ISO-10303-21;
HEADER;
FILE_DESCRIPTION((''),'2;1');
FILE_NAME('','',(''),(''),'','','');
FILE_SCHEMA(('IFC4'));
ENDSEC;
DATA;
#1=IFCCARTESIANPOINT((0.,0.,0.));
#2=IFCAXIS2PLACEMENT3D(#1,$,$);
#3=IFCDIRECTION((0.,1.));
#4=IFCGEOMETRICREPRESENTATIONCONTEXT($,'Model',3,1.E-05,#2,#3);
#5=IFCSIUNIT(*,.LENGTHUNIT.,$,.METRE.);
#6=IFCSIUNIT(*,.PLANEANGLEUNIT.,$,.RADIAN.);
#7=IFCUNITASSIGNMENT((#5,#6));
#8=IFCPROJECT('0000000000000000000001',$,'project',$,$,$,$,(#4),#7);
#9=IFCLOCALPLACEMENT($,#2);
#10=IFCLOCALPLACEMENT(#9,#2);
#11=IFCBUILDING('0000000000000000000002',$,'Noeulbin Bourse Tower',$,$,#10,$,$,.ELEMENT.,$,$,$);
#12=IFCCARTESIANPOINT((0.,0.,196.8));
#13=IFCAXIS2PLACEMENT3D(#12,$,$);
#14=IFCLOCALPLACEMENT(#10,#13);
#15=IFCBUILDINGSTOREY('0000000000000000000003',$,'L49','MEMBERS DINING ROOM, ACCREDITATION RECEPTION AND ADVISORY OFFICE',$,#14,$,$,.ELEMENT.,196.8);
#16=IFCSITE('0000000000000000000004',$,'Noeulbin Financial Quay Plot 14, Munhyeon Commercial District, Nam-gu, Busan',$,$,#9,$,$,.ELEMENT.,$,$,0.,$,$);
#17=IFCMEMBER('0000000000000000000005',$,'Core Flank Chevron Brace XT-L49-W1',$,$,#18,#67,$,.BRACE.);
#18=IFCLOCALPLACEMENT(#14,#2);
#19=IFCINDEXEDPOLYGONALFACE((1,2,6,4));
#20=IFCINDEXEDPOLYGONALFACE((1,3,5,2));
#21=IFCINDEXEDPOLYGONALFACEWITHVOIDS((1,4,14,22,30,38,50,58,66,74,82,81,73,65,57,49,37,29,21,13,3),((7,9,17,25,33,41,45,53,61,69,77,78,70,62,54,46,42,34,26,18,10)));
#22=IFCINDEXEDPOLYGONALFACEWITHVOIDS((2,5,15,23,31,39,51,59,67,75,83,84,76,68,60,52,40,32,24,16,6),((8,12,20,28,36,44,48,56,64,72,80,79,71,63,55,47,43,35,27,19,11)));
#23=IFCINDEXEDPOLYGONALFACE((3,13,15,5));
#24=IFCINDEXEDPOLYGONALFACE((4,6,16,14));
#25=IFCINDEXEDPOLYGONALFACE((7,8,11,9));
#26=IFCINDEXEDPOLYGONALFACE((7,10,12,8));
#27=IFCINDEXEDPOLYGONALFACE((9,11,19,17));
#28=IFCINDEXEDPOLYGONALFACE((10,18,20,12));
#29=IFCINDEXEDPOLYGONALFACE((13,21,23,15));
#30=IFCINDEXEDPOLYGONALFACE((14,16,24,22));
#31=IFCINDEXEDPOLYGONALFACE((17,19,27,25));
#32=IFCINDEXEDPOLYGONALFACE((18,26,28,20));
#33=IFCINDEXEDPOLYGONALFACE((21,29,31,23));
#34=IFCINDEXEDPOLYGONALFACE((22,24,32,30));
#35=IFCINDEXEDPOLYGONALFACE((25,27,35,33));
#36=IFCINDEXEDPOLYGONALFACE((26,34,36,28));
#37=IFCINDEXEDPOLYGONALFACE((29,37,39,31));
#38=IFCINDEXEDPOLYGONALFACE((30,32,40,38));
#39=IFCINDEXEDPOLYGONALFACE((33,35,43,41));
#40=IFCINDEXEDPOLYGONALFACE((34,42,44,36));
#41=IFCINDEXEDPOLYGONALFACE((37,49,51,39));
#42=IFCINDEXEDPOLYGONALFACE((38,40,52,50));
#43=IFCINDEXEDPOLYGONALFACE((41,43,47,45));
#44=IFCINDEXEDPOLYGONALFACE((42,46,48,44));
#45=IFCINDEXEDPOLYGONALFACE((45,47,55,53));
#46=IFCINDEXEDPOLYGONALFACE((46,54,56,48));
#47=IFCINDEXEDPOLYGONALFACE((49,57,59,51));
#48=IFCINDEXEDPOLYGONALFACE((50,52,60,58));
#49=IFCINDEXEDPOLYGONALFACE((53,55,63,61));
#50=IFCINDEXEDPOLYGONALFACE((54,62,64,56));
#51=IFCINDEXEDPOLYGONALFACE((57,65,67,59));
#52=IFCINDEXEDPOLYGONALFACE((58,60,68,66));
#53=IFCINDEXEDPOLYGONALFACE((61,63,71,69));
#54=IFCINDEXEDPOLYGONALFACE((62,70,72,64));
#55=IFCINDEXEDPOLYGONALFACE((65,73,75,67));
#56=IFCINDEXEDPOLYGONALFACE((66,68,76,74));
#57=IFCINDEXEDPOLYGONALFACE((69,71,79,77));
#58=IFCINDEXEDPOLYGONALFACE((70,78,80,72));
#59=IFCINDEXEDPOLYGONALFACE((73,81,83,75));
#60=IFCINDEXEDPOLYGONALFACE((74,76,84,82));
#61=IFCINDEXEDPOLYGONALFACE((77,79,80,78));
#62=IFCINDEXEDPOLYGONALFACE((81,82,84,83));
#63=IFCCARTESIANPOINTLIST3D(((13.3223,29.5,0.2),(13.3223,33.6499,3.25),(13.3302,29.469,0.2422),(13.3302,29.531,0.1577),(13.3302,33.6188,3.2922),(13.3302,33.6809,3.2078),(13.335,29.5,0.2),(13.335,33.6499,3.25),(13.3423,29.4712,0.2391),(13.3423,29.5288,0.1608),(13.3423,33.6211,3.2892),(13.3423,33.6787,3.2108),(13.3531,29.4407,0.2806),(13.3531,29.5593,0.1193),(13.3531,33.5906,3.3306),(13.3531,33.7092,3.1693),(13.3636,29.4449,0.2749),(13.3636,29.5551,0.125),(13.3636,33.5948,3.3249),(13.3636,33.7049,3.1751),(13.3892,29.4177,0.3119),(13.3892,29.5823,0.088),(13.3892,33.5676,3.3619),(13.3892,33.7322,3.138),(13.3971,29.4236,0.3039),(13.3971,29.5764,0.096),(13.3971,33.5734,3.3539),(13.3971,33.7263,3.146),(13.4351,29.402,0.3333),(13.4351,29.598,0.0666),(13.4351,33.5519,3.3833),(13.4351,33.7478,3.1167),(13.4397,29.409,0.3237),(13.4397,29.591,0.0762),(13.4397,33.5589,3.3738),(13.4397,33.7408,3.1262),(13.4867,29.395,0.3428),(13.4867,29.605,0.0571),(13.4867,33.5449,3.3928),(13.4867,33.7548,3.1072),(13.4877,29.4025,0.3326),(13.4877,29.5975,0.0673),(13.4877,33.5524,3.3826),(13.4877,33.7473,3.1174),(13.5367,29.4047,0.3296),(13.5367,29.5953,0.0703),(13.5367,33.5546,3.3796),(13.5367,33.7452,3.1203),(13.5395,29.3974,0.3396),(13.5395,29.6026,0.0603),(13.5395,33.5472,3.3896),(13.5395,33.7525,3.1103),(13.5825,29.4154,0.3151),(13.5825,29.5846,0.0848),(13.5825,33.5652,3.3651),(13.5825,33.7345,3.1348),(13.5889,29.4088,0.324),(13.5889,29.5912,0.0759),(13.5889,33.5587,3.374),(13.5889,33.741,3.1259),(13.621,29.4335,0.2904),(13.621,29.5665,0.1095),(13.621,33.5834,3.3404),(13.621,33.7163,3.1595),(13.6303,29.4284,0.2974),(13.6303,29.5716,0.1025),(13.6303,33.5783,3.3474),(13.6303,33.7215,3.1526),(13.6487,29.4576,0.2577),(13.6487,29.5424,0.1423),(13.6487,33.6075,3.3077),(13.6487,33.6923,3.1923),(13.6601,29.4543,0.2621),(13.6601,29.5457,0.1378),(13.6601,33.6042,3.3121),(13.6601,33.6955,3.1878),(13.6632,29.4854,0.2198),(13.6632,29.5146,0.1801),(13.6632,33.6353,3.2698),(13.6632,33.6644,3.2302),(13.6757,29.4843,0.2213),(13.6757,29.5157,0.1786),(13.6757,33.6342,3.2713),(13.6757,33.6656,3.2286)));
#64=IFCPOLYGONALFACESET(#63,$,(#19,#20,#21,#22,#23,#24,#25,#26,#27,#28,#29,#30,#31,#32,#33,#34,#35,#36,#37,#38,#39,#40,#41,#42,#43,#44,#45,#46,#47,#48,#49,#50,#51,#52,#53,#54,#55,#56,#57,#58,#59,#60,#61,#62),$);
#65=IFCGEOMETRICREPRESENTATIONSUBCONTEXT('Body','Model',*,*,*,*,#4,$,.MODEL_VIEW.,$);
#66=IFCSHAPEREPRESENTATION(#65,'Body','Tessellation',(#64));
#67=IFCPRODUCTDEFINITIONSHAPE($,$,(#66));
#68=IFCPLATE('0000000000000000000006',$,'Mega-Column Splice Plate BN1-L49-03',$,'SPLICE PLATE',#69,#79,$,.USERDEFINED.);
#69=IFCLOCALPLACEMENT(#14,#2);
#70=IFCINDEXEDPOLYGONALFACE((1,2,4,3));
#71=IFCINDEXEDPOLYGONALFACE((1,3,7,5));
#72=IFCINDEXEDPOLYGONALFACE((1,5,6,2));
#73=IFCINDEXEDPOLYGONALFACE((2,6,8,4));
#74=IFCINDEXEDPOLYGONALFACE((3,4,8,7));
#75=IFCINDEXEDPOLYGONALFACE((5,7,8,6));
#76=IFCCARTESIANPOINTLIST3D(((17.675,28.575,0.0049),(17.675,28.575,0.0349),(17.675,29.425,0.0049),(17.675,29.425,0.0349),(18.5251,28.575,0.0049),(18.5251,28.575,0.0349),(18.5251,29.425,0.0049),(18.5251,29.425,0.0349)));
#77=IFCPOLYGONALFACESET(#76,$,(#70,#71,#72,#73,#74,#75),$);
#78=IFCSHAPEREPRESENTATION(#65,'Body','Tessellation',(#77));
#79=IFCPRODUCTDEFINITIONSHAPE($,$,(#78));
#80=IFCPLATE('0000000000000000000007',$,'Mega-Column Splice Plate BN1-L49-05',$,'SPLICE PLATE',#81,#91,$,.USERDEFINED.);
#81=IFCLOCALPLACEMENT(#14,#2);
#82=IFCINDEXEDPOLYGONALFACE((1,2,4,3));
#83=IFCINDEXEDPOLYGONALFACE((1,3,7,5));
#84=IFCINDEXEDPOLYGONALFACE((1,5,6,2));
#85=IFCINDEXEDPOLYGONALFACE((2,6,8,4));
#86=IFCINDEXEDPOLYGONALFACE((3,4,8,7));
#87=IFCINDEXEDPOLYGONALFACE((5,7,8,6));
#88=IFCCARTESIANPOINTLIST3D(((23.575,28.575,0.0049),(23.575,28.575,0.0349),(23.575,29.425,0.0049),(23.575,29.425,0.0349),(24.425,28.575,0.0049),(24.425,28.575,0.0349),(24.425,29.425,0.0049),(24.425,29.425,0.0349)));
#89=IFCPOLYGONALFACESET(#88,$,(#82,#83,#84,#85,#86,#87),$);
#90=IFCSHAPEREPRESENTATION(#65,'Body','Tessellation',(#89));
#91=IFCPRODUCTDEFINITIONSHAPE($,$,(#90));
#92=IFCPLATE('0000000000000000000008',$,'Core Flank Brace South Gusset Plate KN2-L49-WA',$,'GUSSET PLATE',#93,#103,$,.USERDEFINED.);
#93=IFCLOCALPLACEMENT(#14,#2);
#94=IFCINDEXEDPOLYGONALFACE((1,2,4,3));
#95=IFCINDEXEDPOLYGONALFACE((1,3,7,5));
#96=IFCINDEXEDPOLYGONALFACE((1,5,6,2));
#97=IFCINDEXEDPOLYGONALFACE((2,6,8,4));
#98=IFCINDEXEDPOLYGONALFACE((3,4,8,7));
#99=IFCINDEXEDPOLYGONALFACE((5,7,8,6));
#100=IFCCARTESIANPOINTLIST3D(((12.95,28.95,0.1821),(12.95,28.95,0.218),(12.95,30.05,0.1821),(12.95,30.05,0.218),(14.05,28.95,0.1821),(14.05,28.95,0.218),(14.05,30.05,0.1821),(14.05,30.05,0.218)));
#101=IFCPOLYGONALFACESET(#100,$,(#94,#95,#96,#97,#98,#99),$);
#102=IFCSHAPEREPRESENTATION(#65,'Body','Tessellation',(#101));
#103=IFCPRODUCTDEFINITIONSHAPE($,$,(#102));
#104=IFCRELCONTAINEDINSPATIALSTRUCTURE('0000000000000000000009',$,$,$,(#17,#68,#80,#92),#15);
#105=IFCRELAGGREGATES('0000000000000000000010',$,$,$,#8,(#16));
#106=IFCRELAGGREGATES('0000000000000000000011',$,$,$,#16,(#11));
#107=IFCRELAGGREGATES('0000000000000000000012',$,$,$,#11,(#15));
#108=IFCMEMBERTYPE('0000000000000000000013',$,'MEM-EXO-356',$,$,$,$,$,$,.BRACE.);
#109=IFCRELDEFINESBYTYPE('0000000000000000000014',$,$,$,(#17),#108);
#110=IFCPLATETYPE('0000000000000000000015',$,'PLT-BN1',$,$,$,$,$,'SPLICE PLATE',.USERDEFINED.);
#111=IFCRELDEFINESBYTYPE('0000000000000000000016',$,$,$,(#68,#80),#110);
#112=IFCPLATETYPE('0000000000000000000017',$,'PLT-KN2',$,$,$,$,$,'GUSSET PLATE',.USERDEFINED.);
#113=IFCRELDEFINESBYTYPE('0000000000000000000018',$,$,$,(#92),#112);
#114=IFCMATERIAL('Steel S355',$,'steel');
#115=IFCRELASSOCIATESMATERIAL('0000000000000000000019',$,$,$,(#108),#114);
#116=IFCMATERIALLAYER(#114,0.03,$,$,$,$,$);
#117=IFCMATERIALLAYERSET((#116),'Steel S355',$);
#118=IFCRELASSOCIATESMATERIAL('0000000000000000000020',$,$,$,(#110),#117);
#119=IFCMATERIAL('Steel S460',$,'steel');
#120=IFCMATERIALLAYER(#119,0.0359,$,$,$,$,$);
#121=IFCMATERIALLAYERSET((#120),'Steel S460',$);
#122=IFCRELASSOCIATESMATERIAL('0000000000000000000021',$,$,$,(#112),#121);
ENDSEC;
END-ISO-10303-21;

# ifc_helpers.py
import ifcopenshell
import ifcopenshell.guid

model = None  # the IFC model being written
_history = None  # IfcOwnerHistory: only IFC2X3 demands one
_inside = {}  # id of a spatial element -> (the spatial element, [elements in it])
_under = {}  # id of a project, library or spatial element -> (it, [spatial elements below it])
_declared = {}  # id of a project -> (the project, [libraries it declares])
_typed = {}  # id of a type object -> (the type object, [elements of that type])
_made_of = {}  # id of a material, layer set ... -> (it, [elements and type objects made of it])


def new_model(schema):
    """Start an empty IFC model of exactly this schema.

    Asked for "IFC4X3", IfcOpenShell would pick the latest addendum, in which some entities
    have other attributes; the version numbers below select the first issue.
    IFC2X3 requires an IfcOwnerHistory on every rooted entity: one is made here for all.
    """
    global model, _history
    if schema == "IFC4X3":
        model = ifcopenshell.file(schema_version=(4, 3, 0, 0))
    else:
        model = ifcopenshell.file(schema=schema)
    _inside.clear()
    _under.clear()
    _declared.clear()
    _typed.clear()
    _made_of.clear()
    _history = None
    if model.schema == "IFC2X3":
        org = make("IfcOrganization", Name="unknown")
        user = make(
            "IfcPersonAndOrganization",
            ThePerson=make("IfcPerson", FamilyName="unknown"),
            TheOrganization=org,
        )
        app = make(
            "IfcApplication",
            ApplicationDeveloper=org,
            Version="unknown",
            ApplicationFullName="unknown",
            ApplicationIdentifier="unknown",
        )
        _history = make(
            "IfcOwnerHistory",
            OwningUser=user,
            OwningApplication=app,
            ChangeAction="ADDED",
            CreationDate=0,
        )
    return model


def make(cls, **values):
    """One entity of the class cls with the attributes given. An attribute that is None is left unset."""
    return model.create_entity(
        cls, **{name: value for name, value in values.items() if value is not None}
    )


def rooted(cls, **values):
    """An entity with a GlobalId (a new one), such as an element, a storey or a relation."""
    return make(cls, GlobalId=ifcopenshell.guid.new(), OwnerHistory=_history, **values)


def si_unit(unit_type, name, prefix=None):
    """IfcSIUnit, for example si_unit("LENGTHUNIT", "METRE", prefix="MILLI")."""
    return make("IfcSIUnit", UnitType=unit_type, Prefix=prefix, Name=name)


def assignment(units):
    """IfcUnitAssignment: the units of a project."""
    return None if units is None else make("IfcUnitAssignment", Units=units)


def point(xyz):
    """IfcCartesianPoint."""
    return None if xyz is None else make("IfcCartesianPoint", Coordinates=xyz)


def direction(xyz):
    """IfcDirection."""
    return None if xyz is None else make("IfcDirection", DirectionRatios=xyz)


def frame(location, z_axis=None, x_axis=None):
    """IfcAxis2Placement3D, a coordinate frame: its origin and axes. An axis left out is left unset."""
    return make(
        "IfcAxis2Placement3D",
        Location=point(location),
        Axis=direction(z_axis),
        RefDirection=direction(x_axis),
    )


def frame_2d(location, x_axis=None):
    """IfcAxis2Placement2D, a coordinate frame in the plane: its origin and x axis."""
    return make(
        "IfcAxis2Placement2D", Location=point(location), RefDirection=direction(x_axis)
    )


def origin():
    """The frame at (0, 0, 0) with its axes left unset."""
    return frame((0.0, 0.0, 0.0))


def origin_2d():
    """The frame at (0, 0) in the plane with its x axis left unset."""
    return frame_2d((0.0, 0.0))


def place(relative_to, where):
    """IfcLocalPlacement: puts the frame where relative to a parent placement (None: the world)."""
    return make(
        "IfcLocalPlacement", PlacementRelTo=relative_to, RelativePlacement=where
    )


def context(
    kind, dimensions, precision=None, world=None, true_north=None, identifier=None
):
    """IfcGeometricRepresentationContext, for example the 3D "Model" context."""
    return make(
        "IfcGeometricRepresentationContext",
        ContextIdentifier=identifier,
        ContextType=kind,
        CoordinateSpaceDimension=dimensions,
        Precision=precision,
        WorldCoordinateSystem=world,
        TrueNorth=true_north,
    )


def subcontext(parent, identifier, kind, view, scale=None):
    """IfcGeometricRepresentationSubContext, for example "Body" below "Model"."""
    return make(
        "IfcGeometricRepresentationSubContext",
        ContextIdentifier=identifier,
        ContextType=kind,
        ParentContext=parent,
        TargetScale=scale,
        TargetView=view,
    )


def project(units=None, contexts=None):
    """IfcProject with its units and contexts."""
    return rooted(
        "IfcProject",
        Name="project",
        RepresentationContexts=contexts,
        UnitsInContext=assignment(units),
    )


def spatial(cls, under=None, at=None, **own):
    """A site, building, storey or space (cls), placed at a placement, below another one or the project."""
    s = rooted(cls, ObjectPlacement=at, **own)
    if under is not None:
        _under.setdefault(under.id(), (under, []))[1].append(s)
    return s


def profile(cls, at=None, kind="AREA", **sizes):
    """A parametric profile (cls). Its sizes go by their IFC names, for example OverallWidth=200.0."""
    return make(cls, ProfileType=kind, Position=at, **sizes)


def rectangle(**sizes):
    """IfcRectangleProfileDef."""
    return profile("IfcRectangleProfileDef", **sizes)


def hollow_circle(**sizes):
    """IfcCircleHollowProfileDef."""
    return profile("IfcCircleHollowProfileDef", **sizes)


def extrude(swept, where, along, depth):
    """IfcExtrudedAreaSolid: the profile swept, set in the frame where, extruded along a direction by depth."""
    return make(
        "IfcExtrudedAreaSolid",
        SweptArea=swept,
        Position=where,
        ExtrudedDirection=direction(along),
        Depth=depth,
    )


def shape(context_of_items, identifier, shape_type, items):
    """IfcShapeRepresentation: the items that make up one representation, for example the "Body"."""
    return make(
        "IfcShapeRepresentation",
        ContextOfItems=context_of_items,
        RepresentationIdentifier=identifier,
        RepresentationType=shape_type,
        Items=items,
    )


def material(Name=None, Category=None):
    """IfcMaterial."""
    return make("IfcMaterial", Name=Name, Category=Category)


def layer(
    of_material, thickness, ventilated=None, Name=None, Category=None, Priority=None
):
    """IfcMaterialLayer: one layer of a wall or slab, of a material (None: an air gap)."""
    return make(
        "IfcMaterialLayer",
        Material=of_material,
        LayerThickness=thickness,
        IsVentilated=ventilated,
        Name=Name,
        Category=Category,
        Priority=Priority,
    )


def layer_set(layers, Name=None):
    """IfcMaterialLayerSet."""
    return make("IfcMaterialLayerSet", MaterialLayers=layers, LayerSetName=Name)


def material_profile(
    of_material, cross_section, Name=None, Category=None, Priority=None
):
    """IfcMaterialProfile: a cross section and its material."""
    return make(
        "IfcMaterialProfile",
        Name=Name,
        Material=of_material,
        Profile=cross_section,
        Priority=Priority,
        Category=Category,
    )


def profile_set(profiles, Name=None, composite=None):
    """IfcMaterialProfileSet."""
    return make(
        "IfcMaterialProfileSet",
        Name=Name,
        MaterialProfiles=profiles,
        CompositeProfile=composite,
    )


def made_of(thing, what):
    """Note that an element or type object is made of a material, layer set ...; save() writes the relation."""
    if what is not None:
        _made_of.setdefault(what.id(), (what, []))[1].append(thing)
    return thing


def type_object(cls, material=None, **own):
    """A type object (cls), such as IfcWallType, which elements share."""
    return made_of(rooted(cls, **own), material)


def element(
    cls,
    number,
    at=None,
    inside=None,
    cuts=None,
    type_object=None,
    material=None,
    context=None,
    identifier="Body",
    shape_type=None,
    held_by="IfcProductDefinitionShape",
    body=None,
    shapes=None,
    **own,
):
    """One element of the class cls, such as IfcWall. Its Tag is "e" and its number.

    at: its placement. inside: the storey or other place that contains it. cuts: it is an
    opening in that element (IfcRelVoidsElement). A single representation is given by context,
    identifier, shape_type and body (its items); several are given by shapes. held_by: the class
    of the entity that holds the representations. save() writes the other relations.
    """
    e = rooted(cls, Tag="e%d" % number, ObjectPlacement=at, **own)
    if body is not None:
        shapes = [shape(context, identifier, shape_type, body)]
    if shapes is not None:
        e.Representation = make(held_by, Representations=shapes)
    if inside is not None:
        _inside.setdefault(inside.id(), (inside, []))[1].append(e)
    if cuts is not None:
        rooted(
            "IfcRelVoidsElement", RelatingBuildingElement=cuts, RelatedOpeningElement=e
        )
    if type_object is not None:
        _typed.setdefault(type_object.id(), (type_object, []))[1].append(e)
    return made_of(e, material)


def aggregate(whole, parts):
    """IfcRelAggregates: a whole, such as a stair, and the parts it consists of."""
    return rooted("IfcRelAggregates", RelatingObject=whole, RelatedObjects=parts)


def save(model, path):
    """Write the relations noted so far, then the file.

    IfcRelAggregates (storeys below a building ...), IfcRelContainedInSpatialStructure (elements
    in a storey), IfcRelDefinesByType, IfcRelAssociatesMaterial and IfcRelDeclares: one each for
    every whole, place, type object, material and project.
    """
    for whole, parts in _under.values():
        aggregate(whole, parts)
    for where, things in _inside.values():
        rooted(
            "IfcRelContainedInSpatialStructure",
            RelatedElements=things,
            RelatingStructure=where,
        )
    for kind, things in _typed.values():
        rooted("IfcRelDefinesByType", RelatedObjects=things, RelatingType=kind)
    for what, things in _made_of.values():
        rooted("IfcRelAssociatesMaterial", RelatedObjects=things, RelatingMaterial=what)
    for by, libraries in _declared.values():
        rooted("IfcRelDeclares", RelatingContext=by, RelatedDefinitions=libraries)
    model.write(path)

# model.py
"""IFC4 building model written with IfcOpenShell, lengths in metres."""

from ifc_helpers import new_model, si_unit, direction, frame, origin, origin_2d, place, context, subcontext, project, spatial, rectangle, hollow_circle, extrude, material, layer, layer_set, material_profile, profile_set, type_object, element, save


model = new_model("IFC4")

# Units and contexts
model_context = context("Model", 3, precision=1e-05, world=origin(), true_north=direction((0.0, 1.0)))
body_context = subcontext(model_context, "Body", "Model", "MODEL_VIEW")
ifc_project = project(units=[si_unit("LENGTHUNIT", "METRE"), si_unit("PLANEANGLEUNIT", "RADIAN")], contexts=[model_context])

# Site, building, storey
site_placement = place(None, origin())
site = spatial("IfcSite", under=ifc_project, at=site_placement, Name="Noeulbin Financial Quay Plot 14, Munhyeon Commercial District, Nam-gu, Busan", CompositionType="ELEMENT", RefElevation=0.0)
building_placement = place(site_placement, origin())
building = spatial("IfcBuilding", under=site, at=building_placement, Name="Noeulbin Bourse Tower", CompositionType="ELEMENT")
storey_placement = place(building_placement, frame((0.0, 0.0, 196.8)))
storey = spatial("IfcBuildingStorey", under=building, at=storey_placement, Name="L49", Description="MEMBERS DINING ROOM, ACCREDITATION RECEPTION AND ADVISORY OFFICE", CompositionType="ELEMENT", Elevation=196.8)

# Shared definitions
ifc_material_1 = material(Name="Steel S460", Category="steel")

# Shared definitions
ifc_material_2 = material(Name="Steel S355", Category="steel")

# Member
ifc_material_profile_1 = material_profile(ifc_material_2, hollow_circle(Radius=0.1777, WallThickness=0.0127, at=origin_2d()), Name="CHS-355.6x12.7", Category="LoadBearing")
ifc_profile_set_1 = profile_set([ifc_material_profile_1], Name="Steel S355")
member_type = type_object("IfcMemberType", Name="MEM-EXO-356", PredefinedType="BRACE", material=ifc_profile_set_1)
member_placement = place(storey_placement, frame((13.5, 29.5, 0.2), z_axis=(0.0, 0.805776, 0.59222), x_axis=(-1.0, 0.0, 0.0)))
element("IfcMember", 1, at=member_placement, inside=storey, type_object=member_type, Name="Core Flank Chevron Brace XT-L49-W1", PredefinedType="BRACE", context=body_context, shape_type="SweptSolid", body=[
    extrude(hollow_circle(Radius=0.1777, WallThickness=0.0127, at=origin_2d()), origin(), (0.0, 0.0, 1.0), 5.1501),
])

# Plates
ifc_layer_1 = layer(ifc_material_2, 0.03)
ifc_layer_set_1 = layer_set([ifc_layer_1], Name="Steel S355")
plate_type_1 = type_object("IfcPlateType", Name="PLT-BN1", ElementType="SPLICE PLATE", PredefinedType="USERDEFINED", material=ifc_layer_set_1)
for number, where, z_axis, x_axis, name in (
    (2, (18.1001, 29.0, 0.0049), (0.0, 0.0, 1.0), (1.0, 0.0, 0.0), "Mega-Column Splice Plate BN1-L49-03"),
    (3, (24.0, 29.0, 0.0049), (0.0, 0.0, 1.0), (1.0, 0.0, 0.0), "Mega-Column Splice Plate BN1-L49-05"),
):
    element("IfcPlate", number, at=place(storey_placement, frame(where, z_axis=z_axis, x_axis=x_axis)), inside=storey, type_object=plate_type_1, Name=name, ObjectType="SPLICE PLATE", PredefinedType="USERDEFINED", context=body_context, shape_type="SweptSolid", body=[
        extrude(rectangle(XDim=0.8501, YDim=0.8501, at=origin_2d()), origin(), (0.0, 0.0, 1.0), 0.03),
    ])
ifc_layer_2 = layer(ifc_material_1, 0.0359)
ifc_layer_set_2 = layer_set([ifc_layer_2], Name="Steel S460")
plate_type_2 = type_object("IfcPlateType", Name="PLT-KN2", ElementType="GUSSET PLATE", PredefinedType="USERDEFINED", material=ifc_layer_set_2)
plate_placement = place(storey_placement, frame((13.5, 29.5, 0.1821), z_axis=(0.0, 0.0, 1.0), x_axis=(1.0, 0.0, 0.0)))
element("IfcPlate", 4, at=plate_placement, inside=storey, type_object=plate_type_2, Name="Core Flank Brace South Gusset Plate KN2-L49-WA", ObjectType="GUSSET PLATE", PredefinedType="USERDEFINED", context=body_context, shape_type="SweptSolid", body=[
    extrude(rectangle(XDim=1.1001, YDim=1.1001, at=origin_2d()), origin(), (0.0, 0.0, 1.0), 0.0359),
])

save(model, "model.ifc")
